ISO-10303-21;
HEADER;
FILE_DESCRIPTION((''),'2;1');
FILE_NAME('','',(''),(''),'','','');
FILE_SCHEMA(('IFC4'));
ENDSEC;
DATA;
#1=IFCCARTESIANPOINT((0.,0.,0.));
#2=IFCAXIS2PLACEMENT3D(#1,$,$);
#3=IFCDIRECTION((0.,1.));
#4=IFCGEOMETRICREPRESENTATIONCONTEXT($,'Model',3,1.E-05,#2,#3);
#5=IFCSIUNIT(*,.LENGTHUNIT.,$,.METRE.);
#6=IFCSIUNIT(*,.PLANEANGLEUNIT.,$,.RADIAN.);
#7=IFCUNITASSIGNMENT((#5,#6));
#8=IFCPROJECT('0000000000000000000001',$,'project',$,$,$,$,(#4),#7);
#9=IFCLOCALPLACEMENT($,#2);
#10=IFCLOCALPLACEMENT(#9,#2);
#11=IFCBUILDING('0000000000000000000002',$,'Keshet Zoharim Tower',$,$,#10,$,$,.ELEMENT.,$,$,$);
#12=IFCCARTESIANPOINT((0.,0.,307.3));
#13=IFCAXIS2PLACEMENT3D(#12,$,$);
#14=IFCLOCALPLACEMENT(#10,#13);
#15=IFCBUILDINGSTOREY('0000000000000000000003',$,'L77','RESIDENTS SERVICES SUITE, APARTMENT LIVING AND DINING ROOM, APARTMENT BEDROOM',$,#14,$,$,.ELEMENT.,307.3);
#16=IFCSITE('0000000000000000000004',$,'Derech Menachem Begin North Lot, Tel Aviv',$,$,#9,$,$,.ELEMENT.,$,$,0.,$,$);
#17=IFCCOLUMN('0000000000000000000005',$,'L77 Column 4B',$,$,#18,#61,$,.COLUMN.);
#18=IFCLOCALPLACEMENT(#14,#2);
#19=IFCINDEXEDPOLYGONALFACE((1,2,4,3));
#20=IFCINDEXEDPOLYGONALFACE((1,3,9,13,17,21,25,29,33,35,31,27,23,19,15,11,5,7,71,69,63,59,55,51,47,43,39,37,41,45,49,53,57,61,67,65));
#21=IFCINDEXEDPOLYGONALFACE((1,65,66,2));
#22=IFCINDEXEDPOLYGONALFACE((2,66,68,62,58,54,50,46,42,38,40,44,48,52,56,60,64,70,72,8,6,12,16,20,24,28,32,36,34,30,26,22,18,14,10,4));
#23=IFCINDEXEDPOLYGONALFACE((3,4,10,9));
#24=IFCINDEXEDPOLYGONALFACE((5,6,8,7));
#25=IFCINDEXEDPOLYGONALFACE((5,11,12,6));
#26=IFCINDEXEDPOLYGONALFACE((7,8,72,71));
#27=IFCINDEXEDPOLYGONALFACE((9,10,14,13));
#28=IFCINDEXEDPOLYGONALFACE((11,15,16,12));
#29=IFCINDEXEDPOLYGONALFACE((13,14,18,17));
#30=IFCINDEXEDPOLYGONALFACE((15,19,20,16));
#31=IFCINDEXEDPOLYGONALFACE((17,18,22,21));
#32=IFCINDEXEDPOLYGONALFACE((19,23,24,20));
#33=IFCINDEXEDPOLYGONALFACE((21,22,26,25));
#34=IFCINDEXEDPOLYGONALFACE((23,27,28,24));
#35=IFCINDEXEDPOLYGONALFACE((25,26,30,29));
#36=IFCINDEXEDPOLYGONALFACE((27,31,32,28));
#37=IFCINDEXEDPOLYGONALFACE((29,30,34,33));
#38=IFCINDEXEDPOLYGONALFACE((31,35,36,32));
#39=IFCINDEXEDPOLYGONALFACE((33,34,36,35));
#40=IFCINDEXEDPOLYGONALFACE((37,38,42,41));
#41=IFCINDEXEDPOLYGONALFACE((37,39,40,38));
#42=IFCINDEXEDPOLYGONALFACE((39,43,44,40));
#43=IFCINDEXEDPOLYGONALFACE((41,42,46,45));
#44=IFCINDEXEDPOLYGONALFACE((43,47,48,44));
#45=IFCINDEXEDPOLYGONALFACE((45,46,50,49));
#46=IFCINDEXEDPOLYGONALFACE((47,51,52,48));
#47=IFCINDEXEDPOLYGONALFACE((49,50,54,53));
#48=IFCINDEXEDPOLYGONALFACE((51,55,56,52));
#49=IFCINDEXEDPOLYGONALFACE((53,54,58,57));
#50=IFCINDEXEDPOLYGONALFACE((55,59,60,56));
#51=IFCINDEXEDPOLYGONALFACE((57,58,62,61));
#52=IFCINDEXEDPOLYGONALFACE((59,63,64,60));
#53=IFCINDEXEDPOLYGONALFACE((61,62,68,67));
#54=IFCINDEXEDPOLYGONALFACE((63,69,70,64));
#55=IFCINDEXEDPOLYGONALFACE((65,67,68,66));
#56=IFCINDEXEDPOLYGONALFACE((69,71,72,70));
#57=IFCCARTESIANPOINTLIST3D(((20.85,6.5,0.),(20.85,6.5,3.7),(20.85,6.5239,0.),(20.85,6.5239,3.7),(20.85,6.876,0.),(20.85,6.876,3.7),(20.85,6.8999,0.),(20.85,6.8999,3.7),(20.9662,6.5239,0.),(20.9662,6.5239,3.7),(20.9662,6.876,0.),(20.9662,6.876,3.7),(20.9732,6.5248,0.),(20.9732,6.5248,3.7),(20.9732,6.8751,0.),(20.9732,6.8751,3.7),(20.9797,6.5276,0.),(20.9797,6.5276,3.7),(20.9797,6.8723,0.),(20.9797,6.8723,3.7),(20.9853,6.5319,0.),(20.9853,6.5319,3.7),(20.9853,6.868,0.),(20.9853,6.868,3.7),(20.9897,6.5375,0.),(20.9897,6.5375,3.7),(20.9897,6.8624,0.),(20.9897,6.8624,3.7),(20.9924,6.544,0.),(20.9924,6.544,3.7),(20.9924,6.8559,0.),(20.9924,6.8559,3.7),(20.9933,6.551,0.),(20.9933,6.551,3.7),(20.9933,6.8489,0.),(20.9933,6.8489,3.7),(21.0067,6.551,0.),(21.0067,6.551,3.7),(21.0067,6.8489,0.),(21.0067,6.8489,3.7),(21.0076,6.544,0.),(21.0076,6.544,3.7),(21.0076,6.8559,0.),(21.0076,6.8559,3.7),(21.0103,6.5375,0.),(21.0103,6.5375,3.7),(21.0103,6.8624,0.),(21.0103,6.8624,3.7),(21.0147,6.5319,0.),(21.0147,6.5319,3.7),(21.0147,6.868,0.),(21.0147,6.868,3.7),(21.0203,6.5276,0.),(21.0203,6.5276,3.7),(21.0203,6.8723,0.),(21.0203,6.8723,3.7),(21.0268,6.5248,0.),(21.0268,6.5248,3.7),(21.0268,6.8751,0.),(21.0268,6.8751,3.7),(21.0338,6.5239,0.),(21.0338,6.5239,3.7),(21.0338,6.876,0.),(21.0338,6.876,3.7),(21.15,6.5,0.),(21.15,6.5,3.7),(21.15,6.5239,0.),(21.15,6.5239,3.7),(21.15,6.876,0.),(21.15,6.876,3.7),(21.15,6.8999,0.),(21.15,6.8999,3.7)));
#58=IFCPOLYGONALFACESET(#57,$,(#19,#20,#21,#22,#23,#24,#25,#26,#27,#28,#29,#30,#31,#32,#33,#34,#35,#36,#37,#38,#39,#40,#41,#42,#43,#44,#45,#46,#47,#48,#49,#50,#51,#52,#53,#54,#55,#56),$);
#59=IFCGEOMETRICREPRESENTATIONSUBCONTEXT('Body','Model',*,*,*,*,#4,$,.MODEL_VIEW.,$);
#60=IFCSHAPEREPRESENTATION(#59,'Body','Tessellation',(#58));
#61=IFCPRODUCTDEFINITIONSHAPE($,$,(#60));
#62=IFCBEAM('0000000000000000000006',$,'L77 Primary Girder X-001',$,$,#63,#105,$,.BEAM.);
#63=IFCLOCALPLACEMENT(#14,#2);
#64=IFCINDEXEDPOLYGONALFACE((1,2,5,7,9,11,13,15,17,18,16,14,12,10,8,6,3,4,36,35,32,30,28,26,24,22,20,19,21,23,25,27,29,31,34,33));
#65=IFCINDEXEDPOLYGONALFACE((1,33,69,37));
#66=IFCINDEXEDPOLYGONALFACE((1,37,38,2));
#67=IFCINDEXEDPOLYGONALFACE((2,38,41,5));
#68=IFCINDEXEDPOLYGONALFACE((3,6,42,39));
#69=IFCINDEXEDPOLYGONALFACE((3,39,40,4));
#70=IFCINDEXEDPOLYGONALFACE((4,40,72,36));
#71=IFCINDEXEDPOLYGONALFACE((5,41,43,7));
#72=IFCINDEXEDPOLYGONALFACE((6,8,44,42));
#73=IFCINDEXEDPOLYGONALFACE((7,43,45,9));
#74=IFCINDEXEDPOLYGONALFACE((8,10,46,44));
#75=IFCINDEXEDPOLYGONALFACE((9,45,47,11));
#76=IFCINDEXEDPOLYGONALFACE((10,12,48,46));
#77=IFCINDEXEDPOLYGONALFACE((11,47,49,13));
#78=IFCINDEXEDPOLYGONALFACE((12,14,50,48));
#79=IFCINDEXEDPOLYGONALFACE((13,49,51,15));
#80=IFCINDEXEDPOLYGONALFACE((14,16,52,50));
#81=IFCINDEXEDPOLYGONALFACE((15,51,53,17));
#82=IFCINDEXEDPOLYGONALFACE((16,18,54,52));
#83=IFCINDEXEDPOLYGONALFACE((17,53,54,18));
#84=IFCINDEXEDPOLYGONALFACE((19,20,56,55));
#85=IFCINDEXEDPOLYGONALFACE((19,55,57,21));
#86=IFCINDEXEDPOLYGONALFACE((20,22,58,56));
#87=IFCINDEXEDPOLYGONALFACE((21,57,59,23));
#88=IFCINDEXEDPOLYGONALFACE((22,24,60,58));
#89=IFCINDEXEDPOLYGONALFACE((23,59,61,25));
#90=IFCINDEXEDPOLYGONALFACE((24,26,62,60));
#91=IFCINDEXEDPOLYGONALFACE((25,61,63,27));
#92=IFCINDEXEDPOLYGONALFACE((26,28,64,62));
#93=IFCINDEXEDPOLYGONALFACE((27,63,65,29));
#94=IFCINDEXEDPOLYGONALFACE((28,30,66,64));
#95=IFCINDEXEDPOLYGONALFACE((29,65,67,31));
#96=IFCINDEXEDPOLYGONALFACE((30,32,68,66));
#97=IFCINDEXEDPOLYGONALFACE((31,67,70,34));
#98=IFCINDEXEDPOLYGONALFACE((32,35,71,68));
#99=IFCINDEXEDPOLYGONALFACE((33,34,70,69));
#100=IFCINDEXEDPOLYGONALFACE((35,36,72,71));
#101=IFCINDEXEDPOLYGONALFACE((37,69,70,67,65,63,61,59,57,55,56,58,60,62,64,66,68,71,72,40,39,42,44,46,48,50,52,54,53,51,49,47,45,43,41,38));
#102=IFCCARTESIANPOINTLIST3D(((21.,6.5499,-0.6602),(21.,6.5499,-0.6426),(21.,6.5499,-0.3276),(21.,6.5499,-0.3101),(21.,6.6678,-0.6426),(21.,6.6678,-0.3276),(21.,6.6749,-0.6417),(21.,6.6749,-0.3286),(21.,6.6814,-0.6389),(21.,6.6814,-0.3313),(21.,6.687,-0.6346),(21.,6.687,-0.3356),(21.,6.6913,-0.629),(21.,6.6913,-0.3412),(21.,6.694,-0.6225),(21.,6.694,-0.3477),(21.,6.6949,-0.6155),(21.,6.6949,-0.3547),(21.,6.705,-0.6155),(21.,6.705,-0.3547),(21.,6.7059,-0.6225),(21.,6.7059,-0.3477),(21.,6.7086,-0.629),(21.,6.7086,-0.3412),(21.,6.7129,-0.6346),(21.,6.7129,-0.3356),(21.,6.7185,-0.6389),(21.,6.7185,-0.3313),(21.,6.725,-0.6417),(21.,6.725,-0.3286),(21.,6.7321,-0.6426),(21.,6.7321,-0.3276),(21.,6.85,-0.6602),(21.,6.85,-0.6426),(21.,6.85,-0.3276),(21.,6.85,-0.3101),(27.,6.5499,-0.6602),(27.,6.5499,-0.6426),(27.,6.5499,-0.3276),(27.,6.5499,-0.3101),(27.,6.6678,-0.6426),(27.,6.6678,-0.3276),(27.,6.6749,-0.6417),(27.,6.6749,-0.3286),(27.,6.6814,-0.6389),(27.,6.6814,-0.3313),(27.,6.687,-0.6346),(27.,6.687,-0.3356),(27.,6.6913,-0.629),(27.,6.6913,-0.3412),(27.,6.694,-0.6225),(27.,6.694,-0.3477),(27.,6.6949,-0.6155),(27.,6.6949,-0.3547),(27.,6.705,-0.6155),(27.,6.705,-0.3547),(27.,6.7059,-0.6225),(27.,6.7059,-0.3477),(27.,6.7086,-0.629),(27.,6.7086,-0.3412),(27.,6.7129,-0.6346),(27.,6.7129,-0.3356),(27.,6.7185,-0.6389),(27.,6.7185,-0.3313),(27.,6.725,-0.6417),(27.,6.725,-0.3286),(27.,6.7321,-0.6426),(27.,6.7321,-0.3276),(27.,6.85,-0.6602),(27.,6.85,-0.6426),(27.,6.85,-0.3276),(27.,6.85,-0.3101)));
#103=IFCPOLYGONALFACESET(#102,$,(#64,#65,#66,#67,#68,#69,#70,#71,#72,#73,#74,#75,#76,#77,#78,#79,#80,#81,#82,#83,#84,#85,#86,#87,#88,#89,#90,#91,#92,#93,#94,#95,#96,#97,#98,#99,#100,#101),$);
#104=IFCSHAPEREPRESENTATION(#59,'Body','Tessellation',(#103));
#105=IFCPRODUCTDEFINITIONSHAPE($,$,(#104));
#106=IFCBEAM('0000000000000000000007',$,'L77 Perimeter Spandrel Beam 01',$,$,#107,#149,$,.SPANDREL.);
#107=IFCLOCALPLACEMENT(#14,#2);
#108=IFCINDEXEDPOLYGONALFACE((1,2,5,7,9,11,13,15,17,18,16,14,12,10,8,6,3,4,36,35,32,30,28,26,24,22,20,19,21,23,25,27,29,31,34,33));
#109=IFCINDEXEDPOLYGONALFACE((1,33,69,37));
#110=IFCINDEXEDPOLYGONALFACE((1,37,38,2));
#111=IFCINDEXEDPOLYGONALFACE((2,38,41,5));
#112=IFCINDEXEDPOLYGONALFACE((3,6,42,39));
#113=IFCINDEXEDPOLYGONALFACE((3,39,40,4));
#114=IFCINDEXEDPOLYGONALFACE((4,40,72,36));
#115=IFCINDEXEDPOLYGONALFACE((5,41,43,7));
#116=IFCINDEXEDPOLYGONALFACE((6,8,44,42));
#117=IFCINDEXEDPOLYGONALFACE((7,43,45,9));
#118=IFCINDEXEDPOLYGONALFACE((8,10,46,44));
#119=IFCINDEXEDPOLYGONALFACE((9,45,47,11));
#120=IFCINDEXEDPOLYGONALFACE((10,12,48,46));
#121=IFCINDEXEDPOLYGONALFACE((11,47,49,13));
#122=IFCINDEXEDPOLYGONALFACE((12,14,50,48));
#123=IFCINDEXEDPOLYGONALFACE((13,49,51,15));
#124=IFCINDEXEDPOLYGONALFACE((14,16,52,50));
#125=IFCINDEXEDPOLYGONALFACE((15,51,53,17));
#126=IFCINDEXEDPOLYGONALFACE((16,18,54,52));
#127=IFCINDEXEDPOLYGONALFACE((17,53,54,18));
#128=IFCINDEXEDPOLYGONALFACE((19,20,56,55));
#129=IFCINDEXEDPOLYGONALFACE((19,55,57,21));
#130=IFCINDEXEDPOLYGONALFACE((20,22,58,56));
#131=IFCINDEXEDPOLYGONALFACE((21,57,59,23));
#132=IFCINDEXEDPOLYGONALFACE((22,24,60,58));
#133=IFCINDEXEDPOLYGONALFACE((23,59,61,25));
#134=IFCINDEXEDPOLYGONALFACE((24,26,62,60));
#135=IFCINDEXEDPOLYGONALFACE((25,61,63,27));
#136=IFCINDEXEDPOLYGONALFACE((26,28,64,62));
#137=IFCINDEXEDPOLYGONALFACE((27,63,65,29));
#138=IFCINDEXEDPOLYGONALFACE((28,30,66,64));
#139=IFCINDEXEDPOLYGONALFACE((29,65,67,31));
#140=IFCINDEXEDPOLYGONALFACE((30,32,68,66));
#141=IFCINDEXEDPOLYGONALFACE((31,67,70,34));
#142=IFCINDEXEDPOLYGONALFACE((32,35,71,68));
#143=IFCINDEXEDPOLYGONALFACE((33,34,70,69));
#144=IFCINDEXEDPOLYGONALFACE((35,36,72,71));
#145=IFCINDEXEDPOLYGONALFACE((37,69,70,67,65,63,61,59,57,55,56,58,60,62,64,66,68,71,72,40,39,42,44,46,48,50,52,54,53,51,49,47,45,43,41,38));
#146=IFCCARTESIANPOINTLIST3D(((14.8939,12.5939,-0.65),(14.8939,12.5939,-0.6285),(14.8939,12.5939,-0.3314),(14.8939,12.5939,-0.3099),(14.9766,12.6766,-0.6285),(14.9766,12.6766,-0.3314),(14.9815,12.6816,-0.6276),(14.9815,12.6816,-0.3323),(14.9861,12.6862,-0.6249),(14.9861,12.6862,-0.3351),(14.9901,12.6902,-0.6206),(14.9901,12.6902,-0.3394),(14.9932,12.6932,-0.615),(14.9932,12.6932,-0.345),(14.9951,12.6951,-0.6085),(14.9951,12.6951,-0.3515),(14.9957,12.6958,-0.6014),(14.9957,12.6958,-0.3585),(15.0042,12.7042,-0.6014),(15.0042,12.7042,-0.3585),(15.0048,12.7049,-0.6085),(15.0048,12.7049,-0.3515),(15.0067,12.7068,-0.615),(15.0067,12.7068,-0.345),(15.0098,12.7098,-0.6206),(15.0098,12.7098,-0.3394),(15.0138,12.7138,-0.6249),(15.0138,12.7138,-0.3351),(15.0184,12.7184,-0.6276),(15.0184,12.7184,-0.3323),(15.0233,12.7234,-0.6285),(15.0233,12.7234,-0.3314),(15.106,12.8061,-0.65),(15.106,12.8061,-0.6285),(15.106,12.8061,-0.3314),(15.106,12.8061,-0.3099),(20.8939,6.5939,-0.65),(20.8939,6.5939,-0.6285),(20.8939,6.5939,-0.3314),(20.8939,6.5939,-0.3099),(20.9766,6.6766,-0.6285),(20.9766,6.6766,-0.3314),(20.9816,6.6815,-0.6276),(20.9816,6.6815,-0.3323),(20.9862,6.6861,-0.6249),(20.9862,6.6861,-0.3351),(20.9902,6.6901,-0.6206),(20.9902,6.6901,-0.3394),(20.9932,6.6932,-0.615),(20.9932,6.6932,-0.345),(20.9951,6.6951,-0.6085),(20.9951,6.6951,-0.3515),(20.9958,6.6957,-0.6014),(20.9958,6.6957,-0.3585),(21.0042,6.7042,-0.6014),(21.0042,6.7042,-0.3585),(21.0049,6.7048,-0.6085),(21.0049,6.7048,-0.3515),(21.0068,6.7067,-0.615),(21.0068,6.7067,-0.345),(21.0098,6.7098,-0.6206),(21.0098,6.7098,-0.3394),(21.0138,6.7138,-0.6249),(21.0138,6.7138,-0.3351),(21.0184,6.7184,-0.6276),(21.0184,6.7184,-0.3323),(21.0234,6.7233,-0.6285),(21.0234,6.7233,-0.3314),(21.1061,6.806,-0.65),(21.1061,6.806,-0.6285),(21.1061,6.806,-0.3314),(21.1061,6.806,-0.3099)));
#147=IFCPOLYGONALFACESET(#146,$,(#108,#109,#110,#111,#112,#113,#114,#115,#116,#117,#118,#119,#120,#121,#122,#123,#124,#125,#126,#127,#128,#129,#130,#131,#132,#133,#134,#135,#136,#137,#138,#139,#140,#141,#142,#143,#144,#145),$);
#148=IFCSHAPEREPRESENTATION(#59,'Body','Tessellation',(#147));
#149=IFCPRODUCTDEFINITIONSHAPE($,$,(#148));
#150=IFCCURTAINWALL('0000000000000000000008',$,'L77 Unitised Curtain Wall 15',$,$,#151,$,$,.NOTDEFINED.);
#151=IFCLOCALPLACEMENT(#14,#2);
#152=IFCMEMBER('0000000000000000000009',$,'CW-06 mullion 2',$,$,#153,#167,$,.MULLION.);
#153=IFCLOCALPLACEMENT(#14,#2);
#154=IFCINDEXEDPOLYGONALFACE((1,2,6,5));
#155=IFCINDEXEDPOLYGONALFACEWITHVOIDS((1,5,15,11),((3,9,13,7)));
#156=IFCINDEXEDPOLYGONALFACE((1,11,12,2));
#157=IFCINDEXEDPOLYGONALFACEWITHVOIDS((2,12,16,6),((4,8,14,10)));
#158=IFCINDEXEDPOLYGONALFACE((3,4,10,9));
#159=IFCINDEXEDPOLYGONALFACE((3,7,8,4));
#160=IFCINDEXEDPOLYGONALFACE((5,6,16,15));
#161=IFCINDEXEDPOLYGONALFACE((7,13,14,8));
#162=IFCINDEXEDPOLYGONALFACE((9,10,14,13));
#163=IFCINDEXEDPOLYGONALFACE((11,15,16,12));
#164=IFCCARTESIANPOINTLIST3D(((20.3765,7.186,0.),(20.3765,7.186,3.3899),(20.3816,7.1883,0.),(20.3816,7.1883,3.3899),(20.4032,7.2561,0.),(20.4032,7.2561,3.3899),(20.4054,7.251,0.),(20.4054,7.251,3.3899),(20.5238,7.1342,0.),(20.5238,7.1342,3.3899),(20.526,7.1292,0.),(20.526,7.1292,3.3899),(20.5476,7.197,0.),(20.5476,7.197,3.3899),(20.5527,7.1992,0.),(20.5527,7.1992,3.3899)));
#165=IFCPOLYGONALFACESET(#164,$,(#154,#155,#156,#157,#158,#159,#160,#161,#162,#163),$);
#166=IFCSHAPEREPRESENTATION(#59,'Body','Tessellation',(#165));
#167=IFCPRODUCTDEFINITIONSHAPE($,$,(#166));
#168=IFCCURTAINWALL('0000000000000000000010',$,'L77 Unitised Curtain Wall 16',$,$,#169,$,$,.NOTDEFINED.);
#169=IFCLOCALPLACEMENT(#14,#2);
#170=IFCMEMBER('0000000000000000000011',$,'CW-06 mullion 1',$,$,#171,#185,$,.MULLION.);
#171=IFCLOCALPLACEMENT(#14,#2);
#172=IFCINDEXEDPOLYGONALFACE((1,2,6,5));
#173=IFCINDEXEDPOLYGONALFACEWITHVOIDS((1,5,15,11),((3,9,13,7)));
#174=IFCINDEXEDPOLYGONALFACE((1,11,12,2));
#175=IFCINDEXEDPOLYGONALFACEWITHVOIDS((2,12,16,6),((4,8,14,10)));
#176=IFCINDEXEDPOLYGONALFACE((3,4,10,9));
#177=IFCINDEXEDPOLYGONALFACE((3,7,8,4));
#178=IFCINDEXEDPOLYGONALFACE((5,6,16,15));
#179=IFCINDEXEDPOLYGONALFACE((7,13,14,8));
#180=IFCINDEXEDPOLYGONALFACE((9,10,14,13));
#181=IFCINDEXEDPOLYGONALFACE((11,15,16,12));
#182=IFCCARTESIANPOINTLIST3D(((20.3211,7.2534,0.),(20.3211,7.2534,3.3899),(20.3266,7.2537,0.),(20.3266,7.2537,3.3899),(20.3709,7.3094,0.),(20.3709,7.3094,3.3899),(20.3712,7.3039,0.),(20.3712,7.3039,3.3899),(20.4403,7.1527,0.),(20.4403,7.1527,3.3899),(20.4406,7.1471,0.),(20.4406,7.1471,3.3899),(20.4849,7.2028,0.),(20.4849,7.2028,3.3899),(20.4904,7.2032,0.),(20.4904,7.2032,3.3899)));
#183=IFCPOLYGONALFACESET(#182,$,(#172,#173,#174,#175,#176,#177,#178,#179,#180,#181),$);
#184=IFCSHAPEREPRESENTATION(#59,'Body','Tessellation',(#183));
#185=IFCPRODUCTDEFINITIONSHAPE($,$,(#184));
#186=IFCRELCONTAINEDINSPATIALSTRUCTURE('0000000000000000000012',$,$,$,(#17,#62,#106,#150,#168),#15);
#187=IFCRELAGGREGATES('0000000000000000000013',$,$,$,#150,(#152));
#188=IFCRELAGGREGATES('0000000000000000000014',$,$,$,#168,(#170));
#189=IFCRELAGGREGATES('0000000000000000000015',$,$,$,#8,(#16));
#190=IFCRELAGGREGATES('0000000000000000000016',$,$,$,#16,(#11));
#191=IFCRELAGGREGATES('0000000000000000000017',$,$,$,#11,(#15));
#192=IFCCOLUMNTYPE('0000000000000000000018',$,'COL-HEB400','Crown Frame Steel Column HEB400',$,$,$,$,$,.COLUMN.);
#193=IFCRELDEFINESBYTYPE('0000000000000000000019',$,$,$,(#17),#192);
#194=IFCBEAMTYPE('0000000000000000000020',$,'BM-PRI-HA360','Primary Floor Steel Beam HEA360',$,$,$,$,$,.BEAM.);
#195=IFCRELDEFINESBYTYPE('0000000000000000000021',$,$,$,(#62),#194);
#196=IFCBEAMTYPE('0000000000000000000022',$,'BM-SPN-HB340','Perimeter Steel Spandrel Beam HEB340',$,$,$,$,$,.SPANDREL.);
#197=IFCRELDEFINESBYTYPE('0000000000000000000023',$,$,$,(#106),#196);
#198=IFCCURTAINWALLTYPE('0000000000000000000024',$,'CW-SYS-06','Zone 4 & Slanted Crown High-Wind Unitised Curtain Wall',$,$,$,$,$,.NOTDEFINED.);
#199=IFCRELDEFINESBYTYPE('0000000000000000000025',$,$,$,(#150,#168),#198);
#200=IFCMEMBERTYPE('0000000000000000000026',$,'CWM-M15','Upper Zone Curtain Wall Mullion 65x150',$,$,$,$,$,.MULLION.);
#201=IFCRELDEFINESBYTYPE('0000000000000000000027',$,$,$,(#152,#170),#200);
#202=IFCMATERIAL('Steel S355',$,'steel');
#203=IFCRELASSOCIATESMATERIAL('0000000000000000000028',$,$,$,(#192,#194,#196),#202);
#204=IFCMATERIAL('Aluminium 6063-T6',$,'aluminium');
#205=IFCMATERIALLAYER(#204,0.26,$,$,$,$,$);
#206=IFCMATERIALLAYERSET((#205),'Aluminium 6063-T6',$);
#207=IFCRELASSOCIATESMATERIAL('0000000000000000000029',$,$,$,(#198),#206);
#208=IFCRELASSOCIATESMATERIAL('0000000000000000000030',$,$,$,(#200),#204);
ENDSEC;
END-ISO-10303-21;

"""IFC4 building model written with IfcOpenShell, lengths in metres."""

from ifc_helpers import new_model, si_unit, direction, frame, origin, origin_2d, place, context, subcontext, project, spatial, hollow_rectangle, i_section, extrude, material, layer, layer_set, material_profile, profile_set, type_object, element, aggregate, save


model = new_model("IFC4")

# Units and contexts
model_context = context("Model", 3, precision=1e-05, world=origin(), true_north=direction((0.0, 1.0)))
body_context = subcontext(model_context, "Body", "Model", "MODEL_VIEW")
ifc_project = project(units=[si_unit("LENGTHUNIT", "METRE"), si_unit("PLANEANGLEUNIT", "RADIAN")], contexts=[model_context])

# Site, building, storey
site_placement = place(None, origin())
site = spatial("IfcSite", under=ifc_project, at=site_placement, Name="Derech Menachem Begin North Lot, Tel Aviv", CompositionType="ELEMENT", RefElevation=0.0)
building_placement = place(site_placement, origin())
building = spatial("IfcBuilding", under=site, at=building_placement, Name="Keshet Zoharim Tower", CompositionType="ELEMENT")
storey_placement = place(building_placement, frame((0.0, 0.0, 307.3)))
storey = spatial("IfcBuildingStorey", under=building, at=storey_placement, Name="L77", Description="RESIDENTS SERVICES SUITE, APARTMENT LIVING AND DINING ROOM, APARTMENT BEDROOM", CompositionType="ELEMENT", Elevation=307.3)

# Column
ifc_material_1 = material(Name="Steel S355", Category="steel")
ifc_material_profile_1 = material_profile(ifc_material_1, i_section(OverallWidth=0.3, OverallDepth=0.3999, WebThickness=0.0134, FlangeThickness=0.0239, FilletRadius=0.0271, at=origin_2d()), Name="HEB400")
ifc_profile_set_1 = profile_set([ifc_material_profile_1], Name="Steel S355")
column_type = type_object("IfcColumnType", Name="COL-HEB400", Description="Crown Frame Steel Column HEB400", PredefinedType="COLUMN", material=ifc_profile_set_1)
column_placement = place(storey_placement, frame((21.0, 6.7, 0.0), z_axis=(0.0, 0.0, 1.0), x_axis=(1.0, 0.0, 0.0)))
element("IfcColumn", 1, at=column_placement, inside=storey, type_object=column_type, Name="L77 Column 4B", PredefinedType="COLUMN", context=body_context, shape_type="SweptSolid", body=[
    extrude(i_section(OverallWidth=0.3, OverallDepth=0.3999, WebThickness=0.0134, FlangeThickness=0.0239, FilletRadius=0.0271, at=origin_2d()), origin(), (0.0, 0.0, 1.0), 3.7),
])

# Beams
ifc_material_profile_2 = material_profile(ifc_material_1, i_section(OverallWidth=0.3, OverallDepth=0.3501, WebThickness=0.01, FlangeThickness=0.0176, FilletRadius=0.0271, at=origin_2d()), Name="HEA360")
ifc_profile_set_2 = profile_set([ifc_material_profile_2], Name="Steel S355")
beam_type_1 = type_object("IfcBeamType", Name="BM-PRI-HA360", Description="Primary Floor Steel Beam HEA360", PredefinedType="BEAM", material=ifc_profile_set_2)
beam_1_placement = place(storey_placement, frame((21.0, 6.7, -0.4851), z_axis=(1.0, 0.0, 0.0), x_axis=(0.0, 1.0, 0.0)))
element("IfcBeam", 2, at=beam_1_placement, inside=storey, type_object=beam_type_1, Name="L77 Primary Girder X-001", PredefinedType="BEAM", context=body_context, shape_type="SweptSolid", body=[
    extrude(i_section(OverallWidth=0.3, OverallDepth=0.3501, WebThickness=0.01, FlangeThickness=0.0176, FilletRadius=0.0271, at=origin_2d()), origin(), (0.0, 0.0, 1.0), 6.0),
])
ifc_material_profile_3 = material_profile(ifc_material_1, i_section(OverallWidth=0.3, OverallDepth=0.3401, WebThickness=0.012, FlangeThickness=0.0215, FilletRadius=0.0271, at=origin_2d()), Name="HEB340")
ifc_profile_set_3 = profile_set([ifc_material_profile_3], Name="Steel S355")
beam_type_2 = type_object("IfcBeamType", Name="BM-SPN-HB340", Description="Perimeter Steel Spandrel Beam HEB340", PredefinedType="SPANDREL", material=ifc_profile_set_3)
beam_2_placement = place(storey_placement, frame((21.0, 6.7, -0.48), z_axis=(-0.707107, 0.707107, 0.0), x_axis=(-0.707107, -0.707107, 0.0)))
element("IfcBeam", 3, at=beam_2_placement, inside=storey, type_object=beam_type_2, Name="L77 Perimeter Spandrel Beam 01", PredefinedType="SPANDREL", context=body_context, shape_type="SweptSolid", body=[
    extrude(i_section(OverallWidth=0.3, OverallDepth=0.3401, WebThickness=0.012, FlangeThickness=0.0215, FilletRadius=0.0271, at=origin_2d()), origin(), (0.0, 0.0, 1.0), 8.4854),
])

# Curtain walls, members
ifc_material_2 = material(Name="Aluminium 6063-T6", Category="aluminium")
ifc_layer_1 = layer(ifc_material_2, 0.26)
ifc_layer_set_1 = layer_set([ifc_layer_1], Name="Aluminium 6063-T6")
curtain_wall_type = type_object("IfcCurtainWallType", Name="CW-SYS-06", Description="Zone 4 & Slanted Crown High-Wind Unitised Curtain Wall", PredefinedType="NOTDEFINED", material=ifc_layer_set_1)
curtain_wall_1_placement = place(storey_placement, origin())
curtain_wall_1 = element("IfcCurtainWall", 4, at=curtain_wall_1_placement, inside=storey, type_object=curtain_wall_type, Name="L77 Unitised Curtain Wall 15", PredefinedType="NOTDEFINED")
ifc_material_profile_4 = material_profile(ifc_material_2, hollow_rectangle(XDim=0.075, YDim=0.1599, WallThickness=0.0039, at=origin_2d()), Name="MUL-75x160")
ifc_profile_set_4 = profile_set([ifc_material_profile_4], Name="Aluminium 6063-T6")
member_type_1 = type_object("IfcMemberType", Name="CWM-M15", Description="Upper Zone Curtain Wall Mullion 65x150", PredefinedType="MULLION", material=ifc_profile_set_4)
member_1_placement = place(storey_placement, frame((20.4646, 7.1926, 0.0), z_axis=(0.0, 0.0, 1.0), x_axis=(-0.355439, -0.934699, 0.0)))
member_1 = element("IfcMember", 5, at=member_1_placement, type_object=member_type_1, Name="CW-06 mullion 2", PredefinedType="MULLION", context=body_context, shape_type="SweptSolid", body=[
    extrude(hollow_rectangle(XDim=0.075, YDim=0.1599, WallThickness=0.0039, at=origin_2d()), origin(), (0.0, 0.0, 1.0), 3.3899),
])
curtain_wall_2_placement = place(storey_placement, origin())
curtain_wall_2 = element("IfcCurtainWall", 6, at=curtain_wall_2_placement, inside=storey, type_object=curtain_wall_type, Name="L77 Unitised Curtain Wall 16", PredefinedType="NOTDEFINED")
member_2_placement = place(storey_placement, frame((20.4058, 7.2283, 0.0), z_axis=(0.0, 0.0, 1.0), x_axis=(-0.664362, -0.747411, 0.0)))
member_2 = element("IfcMember", 7, at=member_2_placement, type_object=member_type_1, Name="CW-06 mullion 1", PredefinedType="MULLION", context=body_context, shape_type="SweptSolid", body=[
    extrude(hollow_rectangle(XDim=0.075, YDim=0.1599, WallThickness=0.0039, at=origin_2d()), origin(), (0.0, 0.0, 1.0), 3.3899),
])

aggregate(curtain_wall_1, [member_1])
aggregate(curtain_wall_2, [member_2])

save(model, "model.ifc")
